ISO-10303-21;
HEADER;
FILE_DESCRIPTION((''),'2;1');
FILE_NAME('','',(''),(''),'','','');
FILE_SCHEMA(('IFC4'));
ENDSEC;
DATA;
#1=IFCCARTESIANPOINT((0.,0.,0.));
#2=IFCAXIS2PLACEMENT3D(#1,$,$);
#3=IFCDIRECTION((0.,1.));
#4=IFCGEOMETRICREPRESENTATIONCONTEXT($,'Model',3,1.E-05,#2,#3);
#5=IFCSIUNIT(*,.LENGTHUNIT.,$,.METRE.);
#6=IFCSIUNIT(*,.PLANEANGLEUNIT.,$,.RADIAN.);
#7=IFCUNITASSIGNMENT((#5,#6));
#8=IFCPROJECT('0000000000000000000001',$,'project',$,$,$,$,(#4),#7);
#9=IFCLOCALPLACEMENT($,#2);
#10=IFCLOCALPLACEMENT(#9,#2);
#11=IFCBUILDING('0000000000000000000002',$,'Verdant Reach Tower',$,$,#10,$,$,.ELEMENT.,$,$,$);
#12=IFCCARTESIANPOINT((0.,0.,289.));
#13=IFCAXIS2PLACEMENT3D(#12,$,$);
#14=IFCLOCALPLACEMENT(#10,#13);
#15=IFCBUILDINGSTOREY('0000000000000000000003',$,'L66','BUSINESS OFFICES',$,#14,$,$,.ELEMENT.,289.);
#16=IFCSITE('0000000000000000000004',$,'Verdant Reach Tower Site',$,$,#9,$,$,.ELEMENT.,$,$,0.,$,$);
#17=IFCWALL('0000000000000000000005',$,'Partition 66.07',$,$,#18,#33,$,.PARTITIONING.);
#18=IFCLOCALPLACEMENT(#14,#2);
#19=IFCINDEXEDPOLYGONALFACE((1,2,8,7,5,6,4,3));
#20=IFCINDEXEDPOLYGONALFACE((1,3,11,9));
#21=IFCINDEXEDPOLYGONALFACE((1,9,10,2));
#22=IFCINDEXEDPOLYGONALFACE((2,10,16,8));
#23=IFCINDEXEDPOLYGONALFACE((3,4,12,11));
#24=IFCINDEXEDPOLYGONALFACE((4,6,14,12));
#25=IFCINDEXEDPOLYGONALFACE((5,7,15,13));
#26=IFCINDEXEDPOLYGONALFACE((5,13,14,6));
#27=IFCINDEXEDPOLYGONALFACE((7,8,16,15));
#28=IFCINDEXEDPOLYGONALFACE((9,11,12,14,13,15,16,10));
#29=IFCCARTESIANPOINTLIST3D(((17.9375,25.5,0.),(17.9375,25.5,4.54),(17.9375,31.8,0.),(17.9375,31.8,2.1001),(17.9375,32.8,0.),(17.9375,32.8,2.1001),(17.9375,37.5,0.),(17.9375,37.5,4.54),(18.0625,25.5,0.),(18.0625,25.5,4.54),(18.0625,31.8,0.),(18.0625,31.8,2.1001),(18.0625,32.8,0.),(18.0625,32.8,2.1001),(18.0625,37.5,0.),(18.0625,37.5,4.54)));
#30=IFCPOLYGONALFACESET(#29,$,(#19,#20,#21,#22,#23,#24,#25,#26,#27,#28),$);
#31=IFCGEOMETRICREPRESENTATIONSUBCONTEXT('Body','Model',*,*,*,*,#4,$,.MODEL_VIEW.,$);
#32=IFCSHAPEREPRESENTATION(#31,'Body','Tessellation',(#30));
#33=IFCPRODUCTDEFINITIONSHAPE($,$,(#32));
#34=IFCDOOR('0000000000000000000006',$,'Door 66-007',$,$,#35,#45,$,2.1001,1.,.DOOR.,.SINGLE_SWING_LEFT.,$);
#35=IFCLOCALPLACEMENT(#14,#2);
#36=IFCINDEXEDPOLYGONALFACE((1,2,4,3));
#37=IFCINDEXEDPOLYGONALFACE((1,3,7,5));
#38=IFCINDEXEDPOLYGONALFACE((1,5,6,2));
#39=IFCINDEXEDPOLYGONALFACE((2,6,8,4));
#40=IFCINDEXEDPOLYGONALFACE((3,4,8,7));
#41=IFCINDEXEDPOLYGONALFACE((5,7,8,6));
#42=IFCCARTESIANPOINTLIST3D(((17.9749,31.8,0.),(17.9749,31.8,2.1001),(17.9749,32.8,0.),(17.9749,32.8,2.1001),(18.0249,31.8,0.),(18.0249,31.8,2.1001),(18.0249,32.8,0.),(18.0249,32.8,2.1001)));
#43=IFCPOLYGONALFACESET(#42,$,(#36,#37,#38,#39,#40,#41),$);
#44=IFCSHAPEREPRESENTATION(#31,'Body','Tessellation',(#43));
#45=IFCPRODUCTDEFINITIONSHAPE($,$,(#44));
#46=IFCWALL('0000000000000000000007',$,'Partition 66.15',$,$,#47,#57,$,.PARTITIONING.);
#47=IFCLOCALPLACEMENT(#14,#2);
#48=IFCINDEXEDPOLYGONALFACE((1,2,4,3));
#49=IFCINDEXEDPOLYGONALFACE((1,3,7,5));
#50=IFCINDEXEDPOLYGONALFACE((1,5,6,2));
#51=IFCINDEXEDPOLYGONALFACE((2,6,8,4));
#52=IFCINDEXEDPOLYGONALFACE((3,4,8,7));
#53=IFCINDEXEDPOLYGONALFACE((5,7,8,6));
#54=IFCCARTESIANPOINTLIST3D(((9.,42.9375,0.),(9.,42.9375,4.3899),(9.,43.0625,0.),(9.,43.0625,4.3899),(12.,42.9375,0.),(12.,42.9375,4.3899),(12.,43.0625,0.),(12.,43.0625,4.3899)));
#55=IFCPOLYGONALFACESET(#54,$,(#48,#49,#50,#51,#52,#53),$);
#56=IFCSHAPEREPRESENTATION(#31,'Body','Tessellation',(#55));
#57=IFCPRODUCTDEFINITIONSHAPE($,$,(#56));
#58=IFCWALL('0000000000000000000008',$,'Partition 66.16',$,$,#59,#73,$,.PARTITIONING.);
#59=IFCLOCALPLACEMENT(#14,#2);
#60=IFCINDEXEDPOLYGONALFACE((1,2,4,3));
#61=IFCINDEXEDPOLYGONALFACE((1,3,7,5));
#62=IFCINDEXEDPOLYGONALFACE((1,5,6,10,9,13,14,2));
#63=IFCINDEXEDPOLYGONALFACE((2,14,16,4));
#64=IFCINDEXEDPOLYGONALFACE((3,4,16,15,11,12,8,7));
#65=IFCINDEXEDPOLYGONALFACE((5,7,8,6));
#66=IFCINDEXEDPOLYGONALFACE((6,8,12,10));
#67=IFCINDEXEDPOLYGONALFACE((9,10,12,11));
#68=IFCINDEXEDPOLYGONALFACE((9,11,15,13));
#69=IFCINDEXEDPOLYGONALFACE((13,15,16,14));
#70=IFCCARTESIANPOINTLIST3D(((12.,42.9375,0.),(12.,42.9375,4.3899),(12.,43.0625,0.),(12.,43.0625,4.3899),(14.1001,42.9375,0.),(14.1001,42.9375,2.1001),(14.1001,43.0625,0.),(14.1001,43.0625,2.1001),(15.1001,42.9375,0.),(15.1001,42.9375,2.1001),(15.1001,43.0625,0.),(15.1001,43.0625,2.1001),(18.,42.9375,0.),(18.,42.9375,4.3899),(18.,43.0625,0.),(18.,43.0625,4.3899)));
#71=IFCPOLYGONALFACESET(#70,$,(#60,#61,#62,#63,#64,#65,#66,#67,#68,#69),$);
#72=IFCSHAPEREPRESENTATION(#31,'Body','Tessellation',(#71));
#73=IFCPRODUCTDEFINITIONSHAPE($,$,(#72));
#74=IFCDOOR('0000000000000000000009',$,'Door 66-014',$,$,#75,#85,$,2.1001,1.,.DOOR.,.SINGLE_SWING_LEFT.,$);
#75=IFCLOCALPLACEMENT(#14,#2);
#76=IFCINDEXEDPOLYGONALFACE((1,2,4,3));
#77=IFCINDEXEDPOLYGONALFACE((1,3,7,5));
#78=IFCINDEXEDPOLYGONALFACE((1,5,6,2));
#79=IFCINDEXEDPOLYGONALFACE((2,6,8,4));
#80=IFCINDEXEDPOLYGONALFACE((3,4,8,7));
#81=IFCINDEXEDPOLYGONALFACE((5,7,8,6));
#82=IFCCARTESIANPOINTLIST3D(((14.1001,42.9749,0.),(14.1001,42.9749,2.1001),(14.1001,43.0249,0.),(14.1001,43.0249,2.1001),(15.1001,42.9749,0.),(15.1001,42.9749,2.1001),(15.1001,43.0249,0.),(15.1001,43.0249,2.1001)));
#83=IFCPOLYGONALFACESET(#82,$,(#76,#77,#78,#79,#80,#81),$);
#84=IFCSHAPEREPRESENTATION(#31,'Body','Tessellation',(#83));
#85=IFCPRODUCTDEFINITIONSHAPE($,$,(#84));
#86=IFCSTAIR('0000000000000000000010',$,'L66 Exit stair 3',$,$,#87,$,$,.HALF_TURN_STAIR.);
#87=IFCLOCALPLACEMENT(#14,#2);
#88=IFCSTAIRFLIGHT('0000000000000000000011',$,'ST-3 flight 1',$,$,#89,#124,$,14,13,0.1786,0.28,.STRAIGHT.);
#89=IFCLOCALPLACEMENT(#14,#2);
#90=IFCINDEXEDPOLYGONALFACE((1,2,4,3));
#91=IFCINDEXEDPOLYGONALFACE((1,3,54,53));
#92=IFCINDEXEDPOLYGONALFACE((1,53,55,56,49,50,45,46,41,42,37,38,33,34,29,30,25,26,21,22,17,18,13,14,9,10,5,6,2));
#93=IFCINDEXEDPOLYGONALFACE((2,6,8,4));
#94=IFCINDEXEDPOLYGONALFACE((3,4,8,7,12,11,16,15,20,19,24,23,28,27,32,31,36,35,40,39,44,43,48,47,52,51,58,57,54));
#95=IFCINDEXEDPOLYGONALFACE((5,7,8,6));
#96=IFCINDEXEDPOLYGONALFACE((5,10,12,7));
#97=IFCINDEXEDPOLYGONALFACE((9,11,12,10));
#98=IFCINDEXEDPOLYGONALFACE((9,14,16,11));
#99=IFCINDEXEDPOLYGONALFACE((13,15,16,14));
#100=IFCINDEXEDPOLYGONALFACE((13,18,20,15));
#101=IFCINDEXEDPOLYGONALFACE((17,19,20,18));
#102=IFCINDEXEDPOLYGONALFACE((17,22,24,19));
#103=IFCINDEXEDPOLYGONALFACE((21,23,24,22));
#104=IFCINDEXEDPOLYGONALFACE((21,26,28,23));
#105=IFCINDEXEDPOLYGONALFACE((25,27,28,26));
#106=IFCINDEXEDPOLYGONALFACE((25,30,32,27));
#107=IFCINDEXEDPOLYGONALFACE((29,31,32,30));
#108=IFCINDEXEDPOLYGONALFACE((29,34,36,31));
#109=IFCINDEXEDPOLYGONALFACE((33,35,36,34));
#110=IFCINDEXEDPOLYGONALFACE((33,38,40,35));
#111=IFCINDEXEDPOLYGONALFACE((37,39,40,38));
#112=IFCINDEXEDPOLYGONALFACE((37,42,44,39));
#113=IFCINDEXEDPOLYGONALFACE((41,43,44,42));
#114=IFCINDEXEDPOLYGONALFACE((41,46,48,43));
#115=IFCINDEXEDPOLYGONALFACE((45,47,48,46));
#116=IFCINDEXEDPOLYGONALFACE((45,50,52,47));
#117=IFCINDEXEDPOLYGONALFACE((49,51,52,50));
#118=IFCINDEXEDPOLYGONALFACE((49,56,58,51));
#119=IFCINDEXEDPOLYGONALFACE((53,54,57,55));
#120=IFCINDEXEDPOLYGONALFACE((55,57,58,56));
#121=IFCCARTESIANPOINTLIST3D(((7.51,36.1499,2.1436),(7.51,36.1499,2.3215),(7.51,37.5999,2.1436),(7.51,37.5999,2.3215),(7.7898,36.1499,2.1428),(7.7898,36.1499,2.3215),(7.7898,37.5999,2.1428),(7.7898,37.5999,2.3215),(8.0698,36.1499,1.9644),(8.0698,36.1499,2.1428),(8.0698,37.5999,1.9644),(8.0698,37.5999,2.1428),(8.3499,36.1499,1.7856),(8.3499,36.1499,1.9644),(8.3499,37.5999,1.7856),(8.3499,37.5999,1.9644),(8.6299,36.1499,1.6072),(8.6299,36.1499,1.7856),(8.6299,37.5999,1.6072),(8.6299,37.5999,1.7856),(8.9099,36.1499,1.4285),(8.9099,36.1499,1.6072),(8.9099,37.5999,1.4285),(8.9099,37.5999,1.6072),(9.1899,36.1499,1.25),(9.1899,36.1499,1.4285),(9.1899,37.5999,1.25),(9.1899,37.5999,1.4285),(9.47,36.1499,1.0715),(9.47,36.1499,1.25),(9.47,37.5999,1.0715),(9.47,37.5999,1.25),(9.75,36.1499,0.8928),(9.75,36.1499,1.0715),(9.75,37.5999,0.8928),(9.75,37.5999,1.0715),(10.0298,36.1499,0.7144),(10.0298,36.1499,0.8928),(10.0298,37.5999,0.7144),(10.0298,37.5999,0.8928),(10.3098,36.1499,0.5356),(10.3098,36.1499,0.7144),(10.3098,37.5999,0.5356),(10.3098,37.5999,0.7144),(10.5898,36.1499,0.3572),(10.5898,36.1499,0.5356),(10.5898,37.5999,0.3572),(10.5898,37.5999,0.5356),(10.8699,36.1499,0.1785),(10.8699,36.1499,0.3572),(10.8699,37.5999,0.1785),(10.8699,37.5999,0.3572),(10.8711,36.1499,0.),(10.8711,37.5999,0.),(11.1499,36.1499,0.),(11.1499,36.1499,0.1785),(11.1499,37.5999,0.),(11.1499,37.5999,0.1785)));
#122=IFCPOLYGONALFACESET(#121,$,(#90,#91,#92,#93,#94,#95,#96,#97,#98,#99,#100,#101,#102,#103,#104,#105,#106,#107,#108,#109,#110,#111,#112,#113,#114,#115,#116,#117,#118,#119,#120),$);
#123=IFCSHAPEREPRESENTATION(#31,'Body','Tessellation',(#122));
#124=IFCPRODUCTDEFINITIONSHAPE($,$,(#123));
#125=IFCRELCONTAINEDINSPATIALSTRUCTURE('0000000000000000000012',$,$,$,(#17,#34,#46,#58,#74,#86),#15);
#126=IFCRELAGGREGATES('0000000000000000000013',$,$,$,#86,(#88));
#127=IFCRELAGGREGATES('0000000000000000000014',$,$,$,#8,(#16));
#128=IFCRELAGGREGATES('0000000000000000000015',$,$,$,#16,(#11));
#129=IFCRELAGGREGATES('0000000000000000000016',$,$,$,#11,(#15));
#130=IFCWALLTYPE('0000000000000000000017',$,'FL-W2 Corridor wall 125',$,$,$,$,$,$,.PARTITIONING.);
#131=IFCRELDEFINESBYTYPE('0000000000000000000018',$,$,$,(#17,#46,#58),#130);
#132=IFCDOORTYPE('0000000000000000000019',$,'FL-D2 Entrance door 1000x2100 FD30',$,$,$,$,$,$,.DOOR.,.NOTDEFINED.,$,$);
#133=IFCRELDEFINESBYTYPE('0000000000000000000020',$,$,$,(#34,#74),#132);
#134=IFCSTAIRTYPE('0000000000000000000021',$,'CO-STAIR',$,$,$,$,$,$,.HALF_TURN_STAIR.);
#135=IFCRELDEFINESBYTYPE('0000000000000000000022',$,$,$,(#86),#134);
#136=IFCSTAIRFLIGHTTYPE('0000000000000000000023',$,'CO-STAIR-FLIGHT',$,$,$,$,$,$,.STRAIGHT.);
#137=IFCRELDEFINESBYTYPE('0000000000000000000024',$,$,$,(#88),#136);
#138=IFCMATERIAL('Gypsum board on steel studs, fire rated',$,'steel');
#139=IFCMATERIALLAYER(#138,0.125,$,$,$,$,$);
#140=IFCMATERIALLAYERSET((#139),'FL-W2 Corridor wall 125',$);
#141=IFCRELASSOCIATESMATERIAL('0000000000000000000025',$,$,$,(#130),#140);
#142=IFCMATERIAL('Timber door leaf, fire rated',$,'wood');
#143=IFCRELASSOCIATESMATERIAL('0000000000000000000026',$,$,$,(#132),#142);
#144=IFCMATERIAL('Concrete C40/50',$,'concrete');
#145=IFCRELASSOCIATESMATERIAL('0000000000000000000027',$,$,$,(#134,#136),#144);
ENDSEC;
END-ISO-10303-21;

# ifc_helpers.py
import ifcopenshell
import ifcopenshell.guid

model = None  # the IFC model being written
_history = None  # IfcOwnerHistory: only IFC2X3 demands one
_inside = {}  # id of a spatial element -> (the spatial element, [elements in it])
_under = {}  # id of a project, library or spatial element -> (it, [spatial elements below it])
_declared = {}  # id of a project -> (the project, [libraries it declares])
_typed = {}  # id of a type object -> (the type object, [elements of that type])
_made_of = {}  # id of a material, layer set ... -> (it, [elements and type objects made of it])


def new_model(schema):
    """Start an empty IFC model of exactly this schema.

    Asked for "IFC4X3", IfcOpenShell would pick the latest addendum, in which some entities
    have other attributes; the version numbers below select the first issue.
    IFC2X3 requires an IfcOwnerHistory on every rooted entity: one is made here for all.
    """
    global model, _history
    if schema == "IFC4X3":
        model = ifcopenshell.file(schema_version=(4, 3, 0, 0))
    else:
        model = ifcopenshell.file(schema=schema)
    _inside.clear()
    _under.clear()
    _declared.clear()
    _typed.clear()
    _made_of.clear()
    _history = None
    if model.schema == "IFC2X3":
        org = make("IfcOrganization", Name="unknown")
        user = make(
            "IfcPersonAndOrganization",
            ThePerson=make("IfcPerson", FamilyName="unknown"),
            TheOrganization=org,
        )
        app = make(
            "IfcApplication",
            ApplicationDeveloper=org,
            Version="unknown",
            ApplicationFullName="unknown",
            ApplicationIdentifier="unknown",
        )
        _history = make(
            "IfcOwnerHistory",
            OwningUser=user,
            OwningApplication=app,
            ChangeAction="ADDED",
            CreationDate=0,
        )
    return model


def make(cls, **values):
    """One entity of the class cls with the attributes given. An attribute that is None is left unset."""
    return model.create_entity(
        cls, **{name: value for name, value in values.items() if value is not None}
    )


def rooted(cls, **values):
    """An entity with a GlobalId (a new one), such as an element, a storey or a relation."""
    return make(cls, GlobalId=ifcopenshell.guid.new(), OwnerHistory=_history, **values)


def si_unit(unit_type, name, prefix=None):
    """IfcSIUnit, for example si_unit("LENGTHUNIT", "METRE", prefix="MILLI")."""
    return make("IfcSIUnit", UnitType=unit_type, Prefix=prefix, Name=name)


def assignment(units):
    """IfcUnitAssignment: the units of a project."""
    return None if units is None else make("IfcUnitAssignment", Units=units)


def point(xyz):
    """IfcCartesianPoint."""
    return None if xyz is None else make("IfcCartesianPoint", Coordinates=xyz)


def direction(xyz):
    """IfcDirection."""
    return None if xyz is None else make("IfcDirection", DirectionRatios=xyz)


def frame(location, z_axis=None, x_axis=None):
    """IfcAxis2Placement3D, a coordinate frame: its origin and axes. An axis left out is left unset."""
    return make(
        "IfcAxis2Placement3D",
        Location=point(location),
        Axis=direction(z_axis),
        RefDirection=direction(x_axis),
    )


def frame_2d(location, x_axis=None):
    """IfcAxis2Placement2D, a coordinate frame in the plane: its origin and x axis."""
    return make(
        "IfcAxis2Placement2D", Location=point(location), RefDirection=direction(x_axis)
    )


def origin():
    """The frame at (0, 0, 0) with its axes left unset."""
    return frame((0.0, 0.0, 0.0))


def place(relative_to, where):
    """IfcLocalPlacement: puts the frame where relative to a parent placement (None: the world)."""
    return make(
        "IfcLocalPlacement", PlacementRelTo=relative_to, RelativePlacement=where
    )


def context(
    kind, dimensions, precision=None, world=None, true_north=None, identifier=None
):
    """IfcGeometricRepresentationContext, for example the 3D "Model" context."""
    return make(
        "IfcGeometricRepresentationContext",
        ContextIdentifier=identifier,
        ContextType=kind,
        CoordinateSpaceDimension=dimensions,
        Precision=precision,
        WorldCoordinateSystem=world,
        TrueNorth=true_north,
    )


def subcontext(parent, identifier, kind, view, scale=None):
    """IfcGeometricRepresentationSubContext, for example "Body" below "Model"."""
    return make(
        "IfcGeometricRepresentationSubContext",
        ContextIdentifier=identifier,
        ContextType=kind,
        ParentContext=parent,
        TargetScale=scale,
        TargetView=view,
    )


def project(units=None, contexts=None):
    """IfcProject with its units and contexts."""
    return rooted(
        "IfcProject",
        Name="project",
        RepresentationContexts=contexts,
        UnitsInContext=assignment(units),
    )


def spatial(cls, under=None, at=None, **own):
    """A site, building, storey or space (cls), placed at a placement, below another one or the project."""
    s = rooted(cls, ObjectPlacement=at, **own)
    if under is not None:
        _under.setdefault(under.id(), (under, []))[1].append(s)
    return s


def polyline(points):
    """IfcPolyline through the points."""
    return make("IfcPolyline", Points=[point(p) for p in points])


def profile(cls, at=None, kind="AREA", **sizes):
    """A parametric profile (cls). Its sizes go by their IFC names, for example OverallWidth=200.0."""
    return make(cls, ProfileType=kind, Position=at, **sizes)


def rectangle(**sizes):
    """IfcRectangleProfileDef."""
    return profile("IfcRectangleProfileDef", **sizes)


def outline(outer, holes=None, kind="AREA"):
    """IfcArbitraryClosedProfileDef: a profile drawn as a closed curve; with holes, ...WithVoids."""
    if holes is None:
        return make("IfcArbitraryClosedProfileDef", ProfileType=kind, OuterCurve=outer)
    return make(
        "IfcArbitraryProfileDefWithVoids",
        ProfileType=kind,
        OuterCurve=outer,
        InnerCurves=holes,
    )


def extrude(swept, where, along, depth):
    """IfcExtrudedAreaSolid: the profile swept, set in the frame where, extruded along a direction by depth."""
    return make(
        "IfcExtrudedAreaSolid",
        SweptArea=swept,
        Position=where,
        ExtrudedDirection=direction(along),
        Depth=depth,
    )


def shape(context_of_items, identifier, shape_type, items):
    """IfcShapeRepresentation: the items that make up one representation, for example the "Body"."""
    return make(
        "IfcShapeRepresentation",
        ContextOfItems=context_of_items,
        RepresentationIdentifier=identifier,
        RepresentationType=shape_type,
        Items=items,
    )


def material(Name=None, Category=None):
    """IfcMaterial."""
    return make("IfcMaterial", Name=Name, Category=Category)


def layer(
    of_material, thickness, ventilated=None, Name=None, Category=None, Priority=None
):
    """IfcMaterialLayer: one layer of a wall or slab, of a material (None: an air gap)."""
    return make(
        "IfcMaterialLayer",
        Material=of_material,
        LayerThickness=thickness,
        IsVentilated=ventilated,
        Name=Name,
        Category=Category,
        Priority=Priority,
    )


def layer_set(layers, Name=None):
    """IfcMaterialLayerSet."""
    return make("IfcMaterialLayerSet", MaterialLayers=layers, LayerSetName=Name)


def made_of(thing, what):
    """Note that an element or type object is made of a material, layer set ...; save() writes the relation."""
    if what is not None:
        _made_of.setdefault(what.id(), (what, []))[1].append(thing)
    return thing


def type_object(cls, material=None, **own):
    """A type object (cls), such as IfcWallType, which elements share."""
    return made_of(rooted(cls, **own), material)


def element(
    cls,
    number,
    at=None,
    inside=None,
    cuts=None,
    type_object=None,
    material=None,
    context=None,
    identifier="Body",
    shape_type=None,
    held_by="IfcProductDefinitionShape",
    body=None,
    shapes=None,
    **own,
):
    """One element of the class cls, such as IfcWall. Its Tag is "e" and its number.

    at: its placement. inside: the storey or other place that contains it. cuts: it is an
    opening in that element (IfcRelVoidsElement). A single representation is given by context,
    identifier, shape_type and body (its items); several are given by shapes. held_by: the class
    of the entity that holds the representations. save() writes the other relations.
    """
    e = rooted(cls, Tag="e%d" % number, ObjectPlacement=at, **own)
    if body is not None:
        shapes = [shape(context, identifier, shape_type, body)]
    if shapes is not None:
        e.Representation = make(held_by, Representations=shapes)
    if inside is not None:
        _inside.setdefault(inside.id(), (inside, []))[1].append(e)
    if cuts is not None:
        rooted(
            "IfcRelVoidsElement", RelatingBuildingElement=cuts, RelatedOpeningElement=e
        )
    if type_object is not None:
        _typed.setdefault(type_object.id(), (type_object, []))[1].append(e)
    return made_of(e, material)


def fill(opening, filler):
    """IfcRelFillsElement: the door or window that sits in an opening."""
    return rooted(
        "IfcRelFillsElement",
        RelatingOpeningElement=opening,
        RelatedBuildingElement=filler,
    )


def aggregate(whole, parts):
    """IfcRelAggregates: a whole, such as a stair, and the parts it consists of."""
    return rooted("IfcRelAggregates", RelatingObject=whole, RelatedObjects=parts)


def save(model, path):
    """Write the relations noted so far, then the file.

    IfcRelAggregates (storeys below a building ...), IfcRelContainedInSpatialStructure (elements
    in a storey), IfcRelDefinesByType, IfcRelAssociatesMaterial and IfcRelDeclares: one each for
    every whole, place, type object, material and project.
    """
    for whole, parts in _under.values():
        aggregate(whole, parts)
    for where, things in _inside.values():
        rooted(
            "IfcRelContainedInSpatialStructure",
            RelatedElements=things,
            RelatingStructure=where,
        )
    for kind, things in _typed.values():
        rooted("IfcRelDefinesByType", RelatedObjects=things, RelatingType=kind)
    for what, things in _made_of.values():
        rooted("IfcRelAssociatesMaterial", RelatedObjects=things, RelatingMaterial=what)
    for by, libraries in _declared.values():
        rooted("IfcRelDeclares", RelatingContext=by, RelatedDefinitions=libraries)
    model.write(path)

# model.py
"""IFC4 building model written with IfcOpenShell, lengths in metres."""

from ifc_helpers import new_model, si_unit, direction, frame, frame_2d, origin, place, context, subcontext, project, spatial, polyline, rectangle, outline, extrude, material, layer, layer_set, type_object, element, fill, aggregate, save


model = new_model("IFC4")

# Units and contexts
model_context = context("Model", 3, precision=1e-05, world=origin(), true_north=direction((0.0, 1.0)))
body_context = subcontext(model_context, "Body", "Model", "MODEL_VIEW")
ifc_project = project(units=[si_unit("LENGTHUNIT", "METRE"), si_unit("PLANEANGLEUNIT", "RADIAN")], contexts=[model_context])

# Site, building, storey
site_placement = place(None, origin())
site = spatial("IfcSite", under=ifc_project, at=site_placement, Name="Verdant Reach Tower Site", CompositionType="ELEMENT", RefElevation=0.0)
building_placement = place(site_placement, origin())
building = spatial("IfcBuilding", under=site, at=building_placement, Name="Verdant Reach Tower", CompositionType="ELEMENT")
storey_placement = place(building_placement, frame((0.0, 0.0, 289.0)))
storey = spatial("IfcBuildingStorey", under=building, at=storey_placement, Name="L66", Description="BUSINESS OFFICES", CompositionType="ELEMENT", Elevation=289.0)

# Wall, opening, door
ifc_material_1 = material(Name="Gypsum board on steel studs, fire rated", Category="steel")
ifc_layer_1 = layer(ifc_material_1, 0.125)
ifc_layer_set_1 = layer_set([ifc_layer_1], Name="FL-W2 Corridor wall 125")
wall_type_1 = type_object("IfcWallType", Name="FL-W2 Corridor wall 125", PredefinedType="PARTITIONING", material=ifc_layer_set_1)
wall_1_placement = place(storey_placement, frame((18.0, 37.5, 0.0), z_axis=(0.0, 0.0, 1.0), x_axis=(0.0, -1.0, 0.0)))
wall_1 = element("IfcWall", 1, at=wall_1_placement, inside=storey, type_object=wall_type_1, Name="Partition 66.07", PredefinedType="PARTITIONING", context=body_context, shape_type="SweptSolid", body=[
    extrude(rectangle(XDim=12.0, YDim=0.125, at=frame_2d((6.0, 0.0))), origin(), (0.0, 0.0, 1.0), 4.54),
])
opening_1_placement = place(wall_1_placement, frame((4.7, 0.0, 0.0)))
opening_1 = element("IfcOpeningElement", 2, at=opening_1_placement, cuts=wall_1, PredefinedType="OPENING", context=body_context, shape_type="SweptSolid", body=[
    extrude(rectangle(XDim=1.0, YDim=2.1001, at=frame_2d((0.5, 1.05))), frame((0.0, 0.0725, 0.0), z_axis=(0.0, -1.0, 0.0), x_axis=(1.0, 0.0, 0.0)), (0.0, 0.0, 1.0), 0.145),
])
ifc_material_2 = material(Name="Timber door leaf, fire rated", Category="wood")
door_type_1 = type_object("IfcDoorType", Name="FL-D2 Entrance door 1000x2100 FD30", OperationType="NOTDEFINED", PredefinedType="DOOR", material=ifc_material_2)
door_1_placement = place(opening_1_placement, origin())
door_1 = element("IfcDoor", 3, at=door_1_placement, inside=storey, type_object=door_type_1, Name="Door 66-007", OperationType="SINGLE_SWING_LEFT", OverallHeight=2.1001, OverallWidth=1.0, PredefinedType="DOOR", context=body_context, shape_type="SweptSolid", body=[
    extrude(rectangle(XDim=1.0, YDim=2.1001, at=frame_2d((0.5, 1.05))), frame((0.0, 0.0249, 0.0), z_axis=(0.0, -1.0, 0.0), x_axis=(1.0, 0.0, 0.0)), (0.0, 0.0, 1.0), 0.05),
])
fill(opening_1, door_1)

# Wall
wall_2_placement = place(storey_placement, frame((12.0, 43.0, 0.0), z_axis=(0.0, 0.0, 1.0), x_axis=(-1.0, 0.0, 0.0)))
element("IfcWall", 4, at=wall_2_placement, inside=storey, type_object=wall_type_1, Name="Partition 66.15", PredefinedType="PARTITIONING", context=body_context, shape_type="SweptSolid", body=[
    extrude(rectangle(XDim=3.0, YDim=0.125, at=frame_2d((1.5, 0.0))), origin(), (0.0, 0.0, 1.0), 4.3899),
])

# Wall, opening, door
wall_3_placement = place(storey_placement, frame((12.0, 43.0, 0.0), z_axis=(0.0, 0.0, 1.0), x_axis=(1.0, 0.0, 0.0)))
wall_3 = element("IfcWall", 5, at=wall_3_placement, inside=storey, type_object=wall_type_1, Name="Partition 66.16", PredefinedType="PARTITIONING", context=body_context, shape_type="SweptSolid", body=[
    extrude(rectangle(XDim=6.0, YDim=0.125, at=frame_2d((3.0, 0.0))), origin(), (0.0, 0.0, 1.0), 4.3899),
])
opening_2_placement = place(wall_3_placement, frame((2.1001, 0.0, 0.0)))
opening_2 = element("IfcOpeningElement", 6, at=opening_2_placement, cuts=wall_3, PredefinedType="OPENING", context=body_context, shape_type="SweptSolid", body=[
    extrude(rectangle(XDim=1.0, YDim=2.1001, at=frame_2d((0.5, 1.05))), frame((0.0, 0.0725, 0.0), z_axis=(0.0, -1.0, 0.0), x_axis=(1.0, 0.0, 0.0)), (0.0, 0.0, 1.0), 0.145),
])
door_2_placement = place(opening_2_placement, origin())
door_2 = element("IfcDoor", 7, at=door_2_placement, inside=storey, type_object=door_type_1, Name="Door 66-014", OperationType="SINGLE_SWING_LEFT", OverallHeight=2.1001, OverallWidth=1.0, PredefinedType="DOOR", context=body_context, shape_type="SweptSolid", body=[
    extrude(rectangle(XDim=1.0, YDim=2.1001, at=frame_2d((0.5, 1.05))), frame((0.0, 0.0249, 0.0), z_axis=(0.0, -1.0, 0.0), x_axis=(1.0, 0.0, 0.0)), (0.0, 0.0, 1.0), 0.05),
])
fill(opening_2, door_2)

# Stair, stair flight
ifc_material_3 = material(Name="Concrete C40/50", Category="concrete")
stair_type = type_object("IfcStairType", Name="CO-STAIR", PredefinedType="HALF_TURN_STAIR", material=ifc_material_3)
stair_placement = place(storey_placement, origin())
stair = element("IfcStair", 8, at=stair_placement, inside=storey, type_object=stair_type, Name="L66 Exit stair 3", PredefinedType="HALF_TURN_STAIR")
stair_flight_type = type_object("IfcStairFlightType", Name="CO-STAIR-FLIGHT", PredefinedType="STRAIGHT", material=ifc_material_3)
stair_flight_placement = place(storey_placement, frame((11.1499, 36.875, 0.0), z_axis=(0.0, 0.0, 1.0), x_axis=(-1.0, 0.0, 0.0)))
stair_flight = element("IfcStairFlight", 9, at=stair_flight_placement, type_object=stair_flight_type, Name="ST-3 flight 1", NumberOfRisers=14, NumberOfTreads=13, PredefinedType="STRAIGHT", RiserHeight=0.1786, TreadLength=0.28, context=body_context, shape_type="SweptSolid", body=[
    extrude(outline(polyline([(0.0, 0.0), (0.0, 0.1785), (0.28, 0.1785), (0.28, 0.3572), (0.5601, 0.3572), (0.5601, 0.5356), (0.8401, 0.5356), (0.8401, 0.7144), (1.1201, 0.7144), (1.1201, 0.8928), (1.3999, 0.8928), (1.3999, 1.0715), (1.6799, 1.0715), (1.6799, 1.25), (1.96, 1.25), (1.96, 1.4285), (2.24, 1.4285), (2.24, 1.6072), (2.52, 1.6072), (2.52, 1.7856), (2.8, 1.7856), (2.8, 1.9644), (3.0801, 1.9644), (3.0801, 2.1428), (3.3601, 2.1428), (3.3601, 2.3215), (3.6399, 2.3215), (3.6399, 2.5), (3.6399, 2.1436), (0.2788, 0.0), (0.0, 0.0)])), frame((0.0, 0.7251, 0.0), z_axis=(0.0, -1.0, 0.0), x_axis=(1.0, 0.0, 0.0)), (0.0, 0.0, 1.0), 1.45),
])
aggregate(stair, [stair_flight])

save(model, "model.ifc")
